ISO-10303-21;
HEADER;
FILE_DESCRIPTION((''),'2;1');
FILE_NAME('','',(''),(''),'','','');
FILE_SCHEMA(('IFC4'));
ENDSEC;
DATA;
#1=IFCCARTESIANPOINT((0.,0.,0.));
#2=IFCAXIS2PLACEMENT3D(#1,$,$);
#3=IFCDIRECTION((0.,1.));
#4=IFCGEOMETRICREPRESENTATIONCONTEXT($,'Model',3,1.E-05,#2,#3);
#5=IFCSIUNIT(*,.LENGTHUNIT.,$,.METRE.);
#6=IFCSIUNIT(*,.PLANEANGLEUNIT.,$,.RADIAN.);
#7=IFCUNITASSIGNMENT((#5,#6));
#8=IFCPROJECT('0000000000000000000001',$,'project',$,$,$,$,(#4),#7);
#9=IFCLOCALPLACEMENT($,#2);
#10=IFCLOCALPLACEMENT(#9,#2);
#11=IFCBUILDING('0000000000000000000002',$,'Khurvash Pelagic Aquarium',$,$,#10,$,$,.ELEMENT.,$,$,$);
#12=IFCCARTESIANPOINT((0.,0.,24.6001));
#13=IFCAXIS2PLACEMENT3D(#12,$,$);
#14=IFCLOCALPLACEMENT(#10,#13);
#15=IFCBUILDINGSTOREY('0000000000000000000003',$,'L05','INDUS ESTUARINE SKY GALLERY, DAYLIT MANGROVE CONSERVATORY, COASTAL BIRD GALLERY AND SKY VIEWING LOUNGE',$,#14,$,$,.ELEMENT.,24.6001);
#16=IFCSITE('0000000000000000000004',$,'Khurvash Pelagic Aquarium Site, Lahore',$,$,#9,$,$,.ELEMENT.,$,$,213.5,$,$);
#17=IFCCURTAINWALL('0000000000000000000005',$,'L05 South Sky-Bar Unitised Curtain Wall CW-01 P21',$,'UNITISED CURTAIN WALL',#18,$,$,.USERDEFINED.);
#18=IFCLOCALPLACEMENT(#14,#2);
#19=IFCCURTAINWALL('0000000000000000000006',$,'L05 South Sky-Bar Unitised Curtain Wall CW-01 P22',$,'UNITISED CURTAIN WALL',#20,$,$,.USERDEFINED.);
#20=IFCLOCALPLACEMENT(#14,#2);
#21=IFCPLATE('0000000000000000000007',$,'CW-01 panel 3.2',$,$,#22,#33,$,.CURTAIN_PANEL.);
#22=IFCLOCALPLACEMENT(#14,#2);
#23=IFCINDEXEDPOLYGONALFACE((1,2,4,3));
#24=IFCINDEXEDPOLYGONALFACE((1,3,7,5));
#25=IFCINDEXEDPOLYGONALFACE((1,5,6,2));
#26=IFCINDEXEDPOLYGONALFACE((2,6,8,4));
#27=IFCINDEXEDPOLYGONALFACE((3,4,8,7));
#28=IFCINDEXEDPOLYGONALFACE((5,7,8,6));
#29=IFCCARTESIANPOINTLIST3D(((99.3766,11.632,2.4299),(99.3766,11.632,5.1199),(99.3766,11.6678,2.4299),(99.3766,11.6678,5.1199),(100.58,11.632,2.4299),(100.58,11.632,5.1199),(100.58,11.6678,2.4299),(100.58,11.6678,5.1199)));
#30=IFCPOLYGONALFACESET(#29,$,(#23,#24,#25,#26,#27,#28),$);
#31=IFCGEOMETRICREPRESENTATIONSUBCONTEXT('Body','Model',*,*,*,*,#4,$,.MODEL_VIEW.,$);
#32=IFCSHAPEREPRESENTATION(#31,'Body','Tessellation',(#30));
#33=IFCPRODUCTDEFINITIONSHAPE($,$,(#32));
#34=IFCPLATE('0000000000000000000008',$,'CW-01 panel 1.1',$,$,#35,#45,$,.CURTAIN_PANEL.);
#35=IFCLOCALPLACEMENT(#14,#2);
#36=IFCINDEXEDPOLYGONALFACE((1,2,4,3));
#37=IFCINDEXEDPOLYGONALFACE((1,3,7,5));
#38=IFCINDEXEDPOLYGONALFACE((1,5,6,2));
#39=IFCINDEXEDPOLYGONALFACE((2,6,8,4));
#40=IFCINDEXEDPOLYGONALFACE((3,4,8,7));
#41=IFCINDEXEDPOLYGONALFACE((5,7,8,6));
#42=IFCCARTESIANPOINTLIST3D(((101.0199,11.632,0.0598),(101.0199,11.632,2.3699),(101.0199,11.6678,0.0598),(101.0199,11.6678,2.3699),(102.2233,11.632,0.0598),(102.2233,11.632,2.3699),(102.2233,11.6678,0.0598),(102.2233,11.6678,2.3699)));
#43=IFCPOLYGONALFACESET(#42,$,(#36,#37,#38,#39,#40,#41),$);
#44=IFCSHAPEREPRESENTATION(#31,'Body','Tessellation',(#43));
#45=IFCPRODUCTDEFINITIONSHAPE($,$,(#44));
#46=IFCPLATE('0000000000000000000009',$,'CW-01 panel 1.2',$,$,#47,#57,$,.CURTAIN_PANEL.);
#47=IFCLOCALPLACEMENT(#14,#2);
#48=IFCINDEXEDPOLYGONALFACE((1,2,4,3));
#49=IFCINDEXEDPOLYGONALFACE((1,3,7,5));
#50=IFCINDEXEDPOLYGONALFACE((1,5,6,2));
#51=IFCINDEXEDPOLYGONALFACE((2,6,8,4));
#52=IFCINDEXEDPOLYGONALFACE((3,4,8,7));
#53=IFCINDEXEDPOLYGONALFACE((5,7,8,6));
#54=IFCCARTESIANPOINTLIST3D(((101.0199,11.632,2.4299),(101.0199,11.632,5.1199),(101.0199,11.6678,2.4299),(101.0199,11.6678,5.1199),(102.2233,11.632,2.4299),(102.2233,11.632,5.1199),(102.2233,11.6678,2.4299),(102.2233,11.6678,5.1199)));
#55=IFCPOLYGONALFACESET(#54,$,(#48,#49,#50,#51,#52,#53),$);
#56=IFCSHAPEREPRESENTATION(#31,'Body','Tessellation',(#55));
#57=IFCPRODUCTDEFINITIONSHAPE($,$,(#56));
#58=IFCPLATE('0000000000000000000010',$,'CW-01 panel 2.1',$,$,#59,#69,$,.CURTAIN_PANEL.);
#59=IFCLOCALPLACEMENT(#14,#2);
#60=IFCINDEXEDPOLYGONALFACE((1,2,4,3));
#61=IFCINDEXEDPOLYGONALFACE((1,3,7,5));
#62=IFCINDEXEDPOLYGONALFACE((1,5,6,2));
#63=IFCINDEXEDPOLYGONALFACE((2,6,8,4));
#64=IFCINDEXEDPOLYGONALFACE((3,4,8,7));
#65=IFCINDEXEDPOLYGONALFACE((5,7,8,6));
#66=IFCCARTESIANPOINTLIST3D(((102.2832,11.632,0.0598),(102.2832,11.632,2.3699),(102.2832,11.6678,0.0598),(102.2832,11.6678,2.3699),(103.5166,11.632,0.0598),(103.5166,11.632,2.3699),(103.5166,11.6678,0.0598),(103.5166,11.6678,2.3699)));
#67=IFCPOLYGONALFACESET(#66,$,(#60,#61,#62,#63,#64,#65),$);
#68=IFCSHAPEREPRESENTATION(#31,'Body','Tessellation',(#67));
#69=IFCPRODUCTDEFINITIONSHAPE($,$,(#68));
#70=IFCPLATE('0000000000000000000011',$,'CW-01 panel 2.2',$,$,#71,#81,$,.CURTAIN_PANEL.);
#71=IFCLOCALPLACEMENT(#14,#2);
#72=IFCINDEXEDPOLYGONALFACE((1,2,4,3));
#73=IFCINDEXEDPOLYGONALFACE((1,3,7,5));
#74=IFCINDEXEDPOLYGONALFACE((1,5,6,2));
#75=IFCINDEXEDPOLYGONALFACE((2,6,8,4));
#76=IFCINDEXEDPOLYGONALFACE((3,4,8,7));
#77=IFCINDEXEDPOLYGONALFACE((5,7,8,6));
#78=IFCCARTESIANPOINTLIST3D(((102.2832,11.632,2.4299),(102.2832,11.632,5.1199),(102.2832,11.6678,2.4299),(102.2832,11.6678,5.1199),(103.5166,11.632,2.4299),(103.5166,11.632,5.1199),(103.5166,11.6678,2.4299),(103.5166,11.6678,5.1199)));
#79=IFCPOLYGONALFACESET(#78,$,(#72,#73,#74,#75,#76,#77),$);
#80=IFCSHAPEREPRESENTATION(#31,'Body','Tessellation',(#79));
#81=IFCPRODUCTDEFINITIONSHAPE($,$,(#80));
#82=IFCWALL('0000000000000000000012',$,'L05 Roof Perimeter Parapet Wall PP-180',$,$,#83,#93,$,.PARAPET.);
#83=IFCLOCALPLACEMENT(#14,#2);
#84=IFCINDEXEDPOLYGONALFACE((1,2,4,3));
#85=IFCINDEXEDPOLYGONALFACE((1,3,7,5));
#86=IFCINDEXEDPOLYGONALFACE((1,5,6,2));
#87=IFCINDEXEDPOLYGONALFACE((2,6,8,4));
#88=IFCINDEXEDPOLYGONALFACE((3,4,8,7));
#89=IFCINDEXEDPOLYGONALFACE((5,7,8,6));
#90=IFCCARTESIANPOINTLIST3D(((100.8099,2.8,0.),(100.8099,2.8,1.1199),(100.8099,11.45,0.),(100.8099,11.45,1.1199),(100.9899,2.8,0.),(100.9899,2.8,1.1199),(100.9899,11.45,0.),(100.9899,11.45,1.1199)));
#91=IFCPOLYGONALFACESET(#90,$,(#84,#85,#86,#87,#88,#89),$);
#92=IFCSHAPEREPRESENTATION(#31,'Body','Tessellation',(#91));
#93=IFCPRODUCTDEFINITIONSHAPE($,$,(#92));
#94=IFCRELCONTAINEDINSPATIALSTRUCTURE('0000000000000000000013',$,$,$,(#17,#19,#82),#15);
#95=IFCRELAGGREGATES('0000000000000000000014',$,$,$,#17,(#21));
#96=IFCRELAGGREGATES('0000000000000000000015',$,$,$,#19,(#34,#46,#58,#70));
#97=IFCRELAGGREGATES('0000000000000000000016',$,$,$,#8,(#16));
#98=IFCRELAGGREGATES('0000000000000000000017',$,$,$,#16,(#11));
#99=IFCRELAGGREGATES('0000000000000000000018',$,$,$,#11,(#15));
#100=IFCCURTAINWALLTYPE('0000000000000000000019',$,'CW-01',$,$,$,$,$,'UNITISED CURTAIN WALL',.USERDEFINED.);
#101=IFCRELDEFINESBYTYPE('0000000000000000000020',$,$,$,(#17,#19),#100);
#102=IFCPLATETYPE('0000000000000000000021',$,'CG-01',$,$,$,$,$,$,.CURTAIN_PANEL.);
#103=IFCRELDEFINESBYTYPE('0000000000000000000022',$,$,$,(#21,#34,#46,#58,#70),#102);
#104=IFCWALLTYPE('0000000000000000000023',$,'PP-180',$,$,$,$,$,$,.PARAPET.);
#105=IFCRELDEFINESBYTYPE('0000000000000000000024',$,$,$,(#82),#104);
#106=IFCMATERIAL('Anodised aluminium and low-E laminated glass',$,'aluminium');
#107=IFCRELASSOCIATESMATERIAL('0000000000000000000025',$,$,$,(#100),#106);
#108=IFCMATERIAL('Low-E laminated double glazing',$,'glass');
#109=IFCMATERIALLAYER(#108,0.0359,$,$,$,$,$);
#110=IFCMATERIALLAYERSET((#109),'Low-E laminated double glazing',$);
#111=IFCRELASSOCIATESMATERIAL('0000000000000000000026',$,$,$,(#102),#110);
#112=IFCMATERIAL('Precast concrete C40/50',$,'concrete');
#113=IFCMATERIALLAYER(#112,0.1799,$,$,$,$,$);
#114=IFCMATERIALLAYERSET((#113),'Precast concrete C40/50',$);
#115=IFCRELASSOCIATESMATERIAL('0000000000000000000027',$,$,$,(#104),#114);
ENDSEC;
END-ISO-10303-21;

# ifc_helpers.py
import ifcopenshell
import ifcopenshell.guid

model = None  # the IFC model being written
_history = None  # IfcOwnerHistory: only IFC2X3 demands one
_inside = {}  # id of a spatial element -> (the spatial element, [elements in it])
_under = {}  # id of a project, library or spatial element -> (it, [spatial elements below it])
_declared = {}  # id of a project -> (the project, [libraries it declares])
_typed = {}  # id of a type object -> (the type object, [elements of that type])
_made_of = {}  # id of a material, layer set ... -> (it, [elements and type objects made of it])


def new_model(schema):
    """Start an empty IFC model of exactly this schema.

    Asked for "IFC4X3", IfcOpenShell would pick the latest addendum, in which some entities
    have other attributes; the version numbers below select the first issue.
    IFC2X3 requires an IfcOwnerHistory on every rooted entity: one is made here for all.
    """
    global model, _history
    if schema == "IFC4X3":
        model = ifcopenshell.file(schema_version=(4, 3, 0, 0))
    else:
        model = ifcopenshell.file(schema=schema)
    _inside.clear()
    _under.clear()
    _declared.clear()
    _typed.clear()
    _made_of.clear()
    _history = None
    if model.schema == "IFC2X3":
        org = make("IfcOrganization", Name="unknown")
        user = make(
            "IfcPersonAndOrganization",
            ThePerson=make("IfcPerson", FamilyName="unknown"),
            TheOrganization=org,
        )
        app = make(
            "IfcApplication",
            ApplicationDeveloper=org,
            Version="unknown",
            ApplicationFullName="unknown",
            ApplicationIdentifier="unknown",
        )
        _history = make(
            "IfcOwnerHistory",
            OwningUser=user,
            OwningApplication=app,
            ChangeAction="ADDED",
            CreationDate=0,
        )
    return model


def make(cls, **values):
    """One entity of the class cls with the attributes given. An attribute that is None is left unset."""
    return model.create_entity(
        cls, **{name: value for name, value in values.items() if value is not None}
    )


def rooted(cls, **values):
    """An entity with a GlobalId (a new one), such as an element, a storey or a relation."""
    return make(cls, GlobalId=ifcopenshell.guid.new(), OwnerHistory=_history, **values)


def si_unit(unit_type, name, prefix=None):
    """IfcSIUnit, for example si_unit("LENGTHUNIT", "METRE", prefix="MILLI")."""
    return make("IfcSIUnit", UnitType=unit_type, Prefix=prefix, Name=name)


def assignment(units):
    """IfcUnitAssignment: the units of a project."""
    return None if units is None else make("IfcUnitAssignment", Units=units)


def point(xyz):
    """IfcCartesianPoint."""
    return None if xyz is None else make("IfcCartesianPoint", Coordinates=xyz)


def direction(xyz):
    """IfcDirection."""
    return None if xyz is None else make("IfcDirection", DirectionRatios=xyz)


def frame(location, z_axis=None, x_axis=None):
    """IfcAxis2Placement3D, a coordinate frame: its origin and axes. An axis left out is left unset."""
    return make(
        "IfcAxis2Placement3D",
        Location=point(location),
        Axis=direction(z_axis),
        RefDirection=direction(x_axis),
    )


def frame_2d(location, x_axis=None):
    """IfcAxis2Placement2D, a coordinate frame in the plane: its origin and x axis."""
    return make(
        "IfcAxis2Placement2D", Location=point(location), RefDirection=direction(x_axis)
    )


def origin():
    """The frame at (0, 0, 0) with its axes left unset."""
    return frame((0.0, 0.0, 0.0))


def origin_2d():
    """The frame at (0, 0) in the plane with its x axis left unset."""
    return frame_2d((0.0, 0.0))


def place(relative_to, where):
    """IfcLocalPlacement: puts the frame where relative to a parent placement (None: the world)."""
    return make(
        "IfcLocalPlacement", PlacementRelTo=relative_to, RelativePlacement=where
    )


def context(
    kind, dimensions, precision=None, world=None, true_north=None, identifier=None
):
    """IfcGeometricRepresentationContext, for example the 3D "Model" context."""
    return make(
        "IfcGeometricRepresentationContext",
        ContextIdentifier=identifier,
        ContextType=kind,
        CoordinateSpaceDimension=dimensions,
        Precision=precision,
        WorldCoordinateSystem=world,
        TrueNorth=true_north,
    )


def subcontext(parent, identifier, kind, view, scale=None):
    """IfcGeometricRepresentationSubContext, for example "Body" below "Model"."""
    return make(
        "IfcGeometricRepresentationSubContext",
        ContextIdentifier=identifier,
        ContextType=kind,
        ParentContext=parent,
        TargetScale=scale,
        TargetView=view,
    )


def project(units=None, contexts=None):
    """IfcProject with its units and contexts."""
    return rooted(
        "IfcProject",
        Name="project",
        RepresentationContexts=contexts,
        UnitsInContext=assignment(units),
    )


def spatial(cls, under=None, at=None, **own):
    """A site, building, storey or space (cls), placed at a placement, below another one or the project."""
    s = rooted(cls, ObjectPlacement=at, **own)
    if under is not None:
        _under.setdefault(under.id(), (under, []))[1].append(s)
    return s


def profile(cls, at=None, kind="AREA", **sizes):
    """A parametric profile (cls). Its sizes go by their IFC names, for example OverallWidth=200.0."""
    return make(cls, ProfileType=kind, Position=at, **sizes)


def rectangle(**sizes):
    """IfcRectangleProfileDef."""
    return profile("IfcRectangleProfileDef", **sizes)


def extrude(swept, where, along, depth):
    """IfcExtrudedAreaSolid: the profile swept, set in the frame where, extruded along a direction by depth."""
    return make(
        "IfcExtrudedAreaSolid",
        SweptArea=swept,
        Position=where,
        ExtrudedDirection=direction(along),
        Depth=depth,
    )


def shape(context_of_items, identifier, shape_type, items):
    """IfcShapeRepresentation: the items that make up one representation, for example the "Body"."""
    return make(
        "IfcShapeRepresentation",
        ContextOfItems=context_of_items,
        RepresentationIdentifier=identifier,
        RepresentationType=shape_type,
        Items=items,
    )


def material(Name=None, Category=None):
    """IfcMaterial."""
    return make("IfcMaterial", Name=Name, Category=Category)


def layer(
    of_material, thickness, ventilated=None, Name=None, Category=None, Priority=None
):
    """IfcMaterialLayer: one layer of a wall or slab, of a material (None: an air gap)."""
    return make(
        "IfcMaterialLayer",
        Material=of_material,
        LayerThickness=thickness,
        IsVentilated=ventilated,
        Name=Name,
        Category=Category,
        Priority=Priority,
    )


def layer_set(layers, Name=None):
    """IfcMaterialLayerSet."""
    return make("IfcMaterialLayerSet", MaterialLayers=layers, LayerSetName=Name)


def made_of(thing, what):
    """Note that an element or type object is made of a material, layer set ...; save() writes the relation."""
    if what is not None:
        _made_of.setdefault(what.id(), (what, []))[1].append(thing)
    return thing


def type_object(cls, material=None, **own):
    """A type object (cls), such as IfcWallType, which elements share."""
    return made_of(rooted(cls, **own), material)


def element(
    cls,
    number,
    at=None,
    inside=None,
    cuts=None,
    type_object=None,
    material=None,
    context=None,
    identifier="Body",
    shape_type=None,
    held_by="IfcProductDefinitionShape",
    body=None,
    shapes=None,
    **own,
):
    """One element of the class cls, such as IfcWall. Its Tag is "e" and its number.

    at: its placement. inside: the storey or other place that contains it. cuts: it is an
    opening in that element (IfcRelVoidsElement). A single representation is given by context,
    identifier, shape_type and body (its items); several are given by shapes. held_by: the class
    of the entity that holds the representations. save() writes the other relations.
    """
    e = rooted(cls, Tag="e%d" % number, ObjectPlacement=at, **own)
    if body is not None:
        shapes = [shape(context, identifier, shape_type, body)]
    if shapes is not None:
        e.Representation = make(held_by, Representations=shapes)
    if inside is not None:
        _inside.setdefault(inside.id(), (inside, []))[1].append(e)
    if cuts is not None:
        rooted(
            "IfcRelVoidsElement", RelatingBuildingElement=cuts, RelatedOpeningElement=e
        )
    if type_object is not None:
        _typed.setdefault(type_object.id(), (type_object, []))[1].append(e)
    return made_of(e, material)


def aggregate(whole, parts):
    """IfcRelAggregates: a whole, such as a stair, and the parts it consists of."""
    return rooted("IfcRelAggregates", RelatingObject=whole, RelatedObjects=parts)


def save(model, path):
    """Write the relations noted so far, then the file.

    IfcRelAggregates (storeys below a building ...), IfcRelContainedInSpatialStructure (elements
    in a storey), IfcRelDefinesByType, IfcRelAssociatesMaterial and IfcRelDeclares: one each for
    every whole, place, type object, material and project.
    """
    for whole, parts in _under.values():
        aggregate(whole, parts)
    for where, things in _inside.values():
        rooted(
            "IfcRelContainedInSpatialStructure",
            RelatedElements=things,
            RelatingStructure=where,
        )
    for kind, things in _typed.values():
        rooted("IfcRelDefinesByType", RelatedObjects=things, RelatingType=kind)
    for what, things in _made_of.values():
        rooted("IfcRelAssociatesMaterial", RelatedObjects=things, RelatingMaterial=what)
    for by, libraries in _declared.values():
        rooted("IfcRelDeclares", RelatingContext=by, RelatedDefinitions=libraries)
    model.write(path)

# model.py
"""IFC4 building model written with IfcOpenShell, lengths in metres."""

from ifc_helpers import new_model, si_unit, direction, frame, frame_2d, origin, origin_2d, place, context, subcontext, project, spatial, rectangle, extrude, material, layer, layer_set, type_object, element, aggregate, save


model = new_model("IFC4")

# Units and contexts
model_context = context("Model", 3, precision=1e-05, world=origin(), true_north=direction((0.0, 1.0)))
body_context = subcontext(model_context, "Body", "Model", "MODEL_VIEW")
ifc_project = project(units=[si_unit("LENGTHUNIT", "METRE"), si_unit("PLANEANGLEUNIT", "RADIAN")], contexts=[model_context])

# Site, building, storey
site_placement = place(None, origin())
site = spatial("IfcSite", under=ifc_project, at=site_placement, Name="Khurvash Pelagic Aquarium Site, Lahore", CompositionType="ELEMENT", RefElevation=213.5)
building_placement = place(site_placement, origin())
building = spatial("IfcBuilding", under=site, at=building_placement, Name="Khurvash Pelagic Aquarium", CompositionType="ELEMENT")
storey_placement = place(building_placement, frame((0.0, 0.0, 24.6001)))
storey = spatial("IfcBuildingStorey", under=building, at=storey_placement, Name="L05", Description="INDUS ESTUARINE SKY GALLERY, DAYLIT MANGROVE CONSERVATORY, COASTAL BIRD GALLERY AND SKY VIEWING LOUNGE", CompositionType="ELEMENT", Elevation=24.6001)

# Curtain wall
ifc_material_1 = material(Name="Anodised aluminium and low-E laminated glass", Category="aluminium")
curtain_wall_type = type_object("IfcCurtainWallType", Name="CW-01", ElementType="UNITISED CURTAIN WALL", PredefinedType="USERDEFINED", material=ifc_material_1)
curtain_wall_1_placement = place(storey_placement, origin())
curtain_wall_1 = element("IfcCurtainWall", 1, at=curtain_wall_1_placement, inside=storey, type_object=curtain_wall_type, Name="L05 South Sky-Bar Unitised Curtain Wall CW-01 P21", ObjectType="UNITISED CURTAIN WALL", PredefinedType="USERDEFINED")

# Curtain wall
curtain_wall_2_placement = place(storey_placement, origin())
curtain_wall_2 = element("IfcCurtainWall", 2, at=curtain_wall_2_placement, inside=storey, type_object=curtain_wall_type, Name="L05 South Sky-Bar Unitised Curtain Wall CW-01 P22", ObjectType="UNITISED CURTAIN WALL", PredefinedType="USERDEFINED")

# Plates
ifc_material_2 = material(Name="Low-E laminated double glazing", Category="glass")
ifc_layer_1 = layer(ifc_material_2, 0.0359)
ifc_layer_set_1 = layer_set([ifc_layer_1], Name="Low-E laminated double glazing")
plate_type = type_object("IfcPlateType", Name="CG-01", PredefinedType="CURTAIN_PANEL", material=ifc_layer_set_1)
plate_1_placement = place(storey_placement, frame((99.9783, 11.6499, 2.4299), z_axis=(0.0, 0.0, 1.0), x_axis=(1.0, 0.0, 0.0)))
plate_1 = element("IfcPlate", 3, at=plate_1_placement, type_object=plate_type, Name="CW-01 panel 3.2", PredefinedType="CURTAIN_PANEL", context=body_context, shape_type="SweptSolid", body=[
    extrude(rectangle(XDim=1.2034, YDim=0.0359, at=origin_2d()), origin(), (0.0, 0.0, 1.0), 2.6899),
])
aggregate(curtain_wall_1, [plate_1])
plate_2_placement = place(storey_placement, frame((101.6216, 11.6499, 0.0598), z_axis=(0.0, 0.0, 1.0), x_axis=(1.0, 0.0, 0.0)))
plate_2 = element("IfcPlate", 4, at=plate_2_placement, type_object=plate_type, Name="CW-01 panel 1.1", PredefinedType="CURTAIN_PANEL", context=body_context, shape_type="SweptSolid", body=[
    extrude(rectangle(XDim=1.2034, YDim=0.0359, at=origin_2d()), origin(), (0.0, 0.0, 1.0), 2.3101),
])
plate_3_placement = place(storey_placement, frame((101.6216, 11.6499, 2.4299), z_axis=(0.0, 0.0, 1.0), x_axis=(1.0, 0.0, 0.0)))
plate_3 = element("IfcPlate", 5, at=plate_3_placement, type_object=plate_type, Name="CW-01 panel 1.2", PredefinedType="CURTAIN_PANEL", context=body_context, shape_type="SweptSolid", body=[
    extrude(rectangle(XDim=1.2034, YDim=0.0359, at=origin_2d()), origin(), (0.0, 0.0, 1.0), 2.6899),
])
plate_4_placement = place(storey_placement, frame((102.8999, 11.6499, 0.0598), z_axis=(0.0, 0.0, 1.0), x_axis=(1.0, 0.0, 0.0)))
plate_4 = element("IfcPlate", 6, at=plate_4_placement, type_object=plate_type, Name="CW-01 panel 2.1", PredefinedType="CURTAIN_PANEL", context=body_context, shape_type="SweptSolid", body=[
    extrude(rectangle(XDim=1.2334, YDim=0.0359, at=origin_2d()), origin(), (0.0, 0.0, 1.0), 2.3101),
])
plate_5_placement = place(storey_placement, frame((102.8999, 11.6499, 2.4299), z_axis=(0.0, 0.0, 1.0), x_axis=(1.0, 0.0, 0.0)))
plate_5 = element("IfcPlate", 7, at=plate_5_placement, type_object=plate_type, Name="CW-01 panel 2.2", PredefinedType="CURTAIN_PANEL", context=body_context, shape_type="SweptSolid", body=[
    extrude(rectangle(XDim=1.2334, YDim=0.0359, at=origin_2d()), origin(), (0.0, 0.0, 1.0), 2.6899),
])
aggregate(curtain_wall_2, [plate_2, plate_3, plate_4, plate_5])

# Wall
ifc_material_3 = material(Name="Precast concrete C40/50", Category="concrete")
ifc_layer_2 = layer(ifc_material_3, 0.1799)
ifc_layer_set_2 = layer_set([ifc_layer_2], Name="Precast concrete C40/50")
wall_type = type_object("IfcWallType", Name="PP-180", PredefinedType="PARAPET", material=ifc_layer_set_2)
wall_placement = place(storey_placement, frame((100.8999, 2.8, 0.0), z_axis=(0.0, 0.0, 1.0), x_axis=(0.0, 1.0, 0.0)))
element("IfcWall", 8, at=wall_placement, inside=storey, type_object=wall_type, Name="L05 Roof Perimeter Parapet Wall PP-180", PredefinedType="PARAPET", context=body_context, shape_type="SweptSolid", body=[
    extrude(rectangle(XDim=8.6499, YDim=0.1799, at=frame_2d((4.325, 0.0))), origin(), (0.0, 0.0, 1.0), 1.1199),
])

save(model, "model.ifc")
